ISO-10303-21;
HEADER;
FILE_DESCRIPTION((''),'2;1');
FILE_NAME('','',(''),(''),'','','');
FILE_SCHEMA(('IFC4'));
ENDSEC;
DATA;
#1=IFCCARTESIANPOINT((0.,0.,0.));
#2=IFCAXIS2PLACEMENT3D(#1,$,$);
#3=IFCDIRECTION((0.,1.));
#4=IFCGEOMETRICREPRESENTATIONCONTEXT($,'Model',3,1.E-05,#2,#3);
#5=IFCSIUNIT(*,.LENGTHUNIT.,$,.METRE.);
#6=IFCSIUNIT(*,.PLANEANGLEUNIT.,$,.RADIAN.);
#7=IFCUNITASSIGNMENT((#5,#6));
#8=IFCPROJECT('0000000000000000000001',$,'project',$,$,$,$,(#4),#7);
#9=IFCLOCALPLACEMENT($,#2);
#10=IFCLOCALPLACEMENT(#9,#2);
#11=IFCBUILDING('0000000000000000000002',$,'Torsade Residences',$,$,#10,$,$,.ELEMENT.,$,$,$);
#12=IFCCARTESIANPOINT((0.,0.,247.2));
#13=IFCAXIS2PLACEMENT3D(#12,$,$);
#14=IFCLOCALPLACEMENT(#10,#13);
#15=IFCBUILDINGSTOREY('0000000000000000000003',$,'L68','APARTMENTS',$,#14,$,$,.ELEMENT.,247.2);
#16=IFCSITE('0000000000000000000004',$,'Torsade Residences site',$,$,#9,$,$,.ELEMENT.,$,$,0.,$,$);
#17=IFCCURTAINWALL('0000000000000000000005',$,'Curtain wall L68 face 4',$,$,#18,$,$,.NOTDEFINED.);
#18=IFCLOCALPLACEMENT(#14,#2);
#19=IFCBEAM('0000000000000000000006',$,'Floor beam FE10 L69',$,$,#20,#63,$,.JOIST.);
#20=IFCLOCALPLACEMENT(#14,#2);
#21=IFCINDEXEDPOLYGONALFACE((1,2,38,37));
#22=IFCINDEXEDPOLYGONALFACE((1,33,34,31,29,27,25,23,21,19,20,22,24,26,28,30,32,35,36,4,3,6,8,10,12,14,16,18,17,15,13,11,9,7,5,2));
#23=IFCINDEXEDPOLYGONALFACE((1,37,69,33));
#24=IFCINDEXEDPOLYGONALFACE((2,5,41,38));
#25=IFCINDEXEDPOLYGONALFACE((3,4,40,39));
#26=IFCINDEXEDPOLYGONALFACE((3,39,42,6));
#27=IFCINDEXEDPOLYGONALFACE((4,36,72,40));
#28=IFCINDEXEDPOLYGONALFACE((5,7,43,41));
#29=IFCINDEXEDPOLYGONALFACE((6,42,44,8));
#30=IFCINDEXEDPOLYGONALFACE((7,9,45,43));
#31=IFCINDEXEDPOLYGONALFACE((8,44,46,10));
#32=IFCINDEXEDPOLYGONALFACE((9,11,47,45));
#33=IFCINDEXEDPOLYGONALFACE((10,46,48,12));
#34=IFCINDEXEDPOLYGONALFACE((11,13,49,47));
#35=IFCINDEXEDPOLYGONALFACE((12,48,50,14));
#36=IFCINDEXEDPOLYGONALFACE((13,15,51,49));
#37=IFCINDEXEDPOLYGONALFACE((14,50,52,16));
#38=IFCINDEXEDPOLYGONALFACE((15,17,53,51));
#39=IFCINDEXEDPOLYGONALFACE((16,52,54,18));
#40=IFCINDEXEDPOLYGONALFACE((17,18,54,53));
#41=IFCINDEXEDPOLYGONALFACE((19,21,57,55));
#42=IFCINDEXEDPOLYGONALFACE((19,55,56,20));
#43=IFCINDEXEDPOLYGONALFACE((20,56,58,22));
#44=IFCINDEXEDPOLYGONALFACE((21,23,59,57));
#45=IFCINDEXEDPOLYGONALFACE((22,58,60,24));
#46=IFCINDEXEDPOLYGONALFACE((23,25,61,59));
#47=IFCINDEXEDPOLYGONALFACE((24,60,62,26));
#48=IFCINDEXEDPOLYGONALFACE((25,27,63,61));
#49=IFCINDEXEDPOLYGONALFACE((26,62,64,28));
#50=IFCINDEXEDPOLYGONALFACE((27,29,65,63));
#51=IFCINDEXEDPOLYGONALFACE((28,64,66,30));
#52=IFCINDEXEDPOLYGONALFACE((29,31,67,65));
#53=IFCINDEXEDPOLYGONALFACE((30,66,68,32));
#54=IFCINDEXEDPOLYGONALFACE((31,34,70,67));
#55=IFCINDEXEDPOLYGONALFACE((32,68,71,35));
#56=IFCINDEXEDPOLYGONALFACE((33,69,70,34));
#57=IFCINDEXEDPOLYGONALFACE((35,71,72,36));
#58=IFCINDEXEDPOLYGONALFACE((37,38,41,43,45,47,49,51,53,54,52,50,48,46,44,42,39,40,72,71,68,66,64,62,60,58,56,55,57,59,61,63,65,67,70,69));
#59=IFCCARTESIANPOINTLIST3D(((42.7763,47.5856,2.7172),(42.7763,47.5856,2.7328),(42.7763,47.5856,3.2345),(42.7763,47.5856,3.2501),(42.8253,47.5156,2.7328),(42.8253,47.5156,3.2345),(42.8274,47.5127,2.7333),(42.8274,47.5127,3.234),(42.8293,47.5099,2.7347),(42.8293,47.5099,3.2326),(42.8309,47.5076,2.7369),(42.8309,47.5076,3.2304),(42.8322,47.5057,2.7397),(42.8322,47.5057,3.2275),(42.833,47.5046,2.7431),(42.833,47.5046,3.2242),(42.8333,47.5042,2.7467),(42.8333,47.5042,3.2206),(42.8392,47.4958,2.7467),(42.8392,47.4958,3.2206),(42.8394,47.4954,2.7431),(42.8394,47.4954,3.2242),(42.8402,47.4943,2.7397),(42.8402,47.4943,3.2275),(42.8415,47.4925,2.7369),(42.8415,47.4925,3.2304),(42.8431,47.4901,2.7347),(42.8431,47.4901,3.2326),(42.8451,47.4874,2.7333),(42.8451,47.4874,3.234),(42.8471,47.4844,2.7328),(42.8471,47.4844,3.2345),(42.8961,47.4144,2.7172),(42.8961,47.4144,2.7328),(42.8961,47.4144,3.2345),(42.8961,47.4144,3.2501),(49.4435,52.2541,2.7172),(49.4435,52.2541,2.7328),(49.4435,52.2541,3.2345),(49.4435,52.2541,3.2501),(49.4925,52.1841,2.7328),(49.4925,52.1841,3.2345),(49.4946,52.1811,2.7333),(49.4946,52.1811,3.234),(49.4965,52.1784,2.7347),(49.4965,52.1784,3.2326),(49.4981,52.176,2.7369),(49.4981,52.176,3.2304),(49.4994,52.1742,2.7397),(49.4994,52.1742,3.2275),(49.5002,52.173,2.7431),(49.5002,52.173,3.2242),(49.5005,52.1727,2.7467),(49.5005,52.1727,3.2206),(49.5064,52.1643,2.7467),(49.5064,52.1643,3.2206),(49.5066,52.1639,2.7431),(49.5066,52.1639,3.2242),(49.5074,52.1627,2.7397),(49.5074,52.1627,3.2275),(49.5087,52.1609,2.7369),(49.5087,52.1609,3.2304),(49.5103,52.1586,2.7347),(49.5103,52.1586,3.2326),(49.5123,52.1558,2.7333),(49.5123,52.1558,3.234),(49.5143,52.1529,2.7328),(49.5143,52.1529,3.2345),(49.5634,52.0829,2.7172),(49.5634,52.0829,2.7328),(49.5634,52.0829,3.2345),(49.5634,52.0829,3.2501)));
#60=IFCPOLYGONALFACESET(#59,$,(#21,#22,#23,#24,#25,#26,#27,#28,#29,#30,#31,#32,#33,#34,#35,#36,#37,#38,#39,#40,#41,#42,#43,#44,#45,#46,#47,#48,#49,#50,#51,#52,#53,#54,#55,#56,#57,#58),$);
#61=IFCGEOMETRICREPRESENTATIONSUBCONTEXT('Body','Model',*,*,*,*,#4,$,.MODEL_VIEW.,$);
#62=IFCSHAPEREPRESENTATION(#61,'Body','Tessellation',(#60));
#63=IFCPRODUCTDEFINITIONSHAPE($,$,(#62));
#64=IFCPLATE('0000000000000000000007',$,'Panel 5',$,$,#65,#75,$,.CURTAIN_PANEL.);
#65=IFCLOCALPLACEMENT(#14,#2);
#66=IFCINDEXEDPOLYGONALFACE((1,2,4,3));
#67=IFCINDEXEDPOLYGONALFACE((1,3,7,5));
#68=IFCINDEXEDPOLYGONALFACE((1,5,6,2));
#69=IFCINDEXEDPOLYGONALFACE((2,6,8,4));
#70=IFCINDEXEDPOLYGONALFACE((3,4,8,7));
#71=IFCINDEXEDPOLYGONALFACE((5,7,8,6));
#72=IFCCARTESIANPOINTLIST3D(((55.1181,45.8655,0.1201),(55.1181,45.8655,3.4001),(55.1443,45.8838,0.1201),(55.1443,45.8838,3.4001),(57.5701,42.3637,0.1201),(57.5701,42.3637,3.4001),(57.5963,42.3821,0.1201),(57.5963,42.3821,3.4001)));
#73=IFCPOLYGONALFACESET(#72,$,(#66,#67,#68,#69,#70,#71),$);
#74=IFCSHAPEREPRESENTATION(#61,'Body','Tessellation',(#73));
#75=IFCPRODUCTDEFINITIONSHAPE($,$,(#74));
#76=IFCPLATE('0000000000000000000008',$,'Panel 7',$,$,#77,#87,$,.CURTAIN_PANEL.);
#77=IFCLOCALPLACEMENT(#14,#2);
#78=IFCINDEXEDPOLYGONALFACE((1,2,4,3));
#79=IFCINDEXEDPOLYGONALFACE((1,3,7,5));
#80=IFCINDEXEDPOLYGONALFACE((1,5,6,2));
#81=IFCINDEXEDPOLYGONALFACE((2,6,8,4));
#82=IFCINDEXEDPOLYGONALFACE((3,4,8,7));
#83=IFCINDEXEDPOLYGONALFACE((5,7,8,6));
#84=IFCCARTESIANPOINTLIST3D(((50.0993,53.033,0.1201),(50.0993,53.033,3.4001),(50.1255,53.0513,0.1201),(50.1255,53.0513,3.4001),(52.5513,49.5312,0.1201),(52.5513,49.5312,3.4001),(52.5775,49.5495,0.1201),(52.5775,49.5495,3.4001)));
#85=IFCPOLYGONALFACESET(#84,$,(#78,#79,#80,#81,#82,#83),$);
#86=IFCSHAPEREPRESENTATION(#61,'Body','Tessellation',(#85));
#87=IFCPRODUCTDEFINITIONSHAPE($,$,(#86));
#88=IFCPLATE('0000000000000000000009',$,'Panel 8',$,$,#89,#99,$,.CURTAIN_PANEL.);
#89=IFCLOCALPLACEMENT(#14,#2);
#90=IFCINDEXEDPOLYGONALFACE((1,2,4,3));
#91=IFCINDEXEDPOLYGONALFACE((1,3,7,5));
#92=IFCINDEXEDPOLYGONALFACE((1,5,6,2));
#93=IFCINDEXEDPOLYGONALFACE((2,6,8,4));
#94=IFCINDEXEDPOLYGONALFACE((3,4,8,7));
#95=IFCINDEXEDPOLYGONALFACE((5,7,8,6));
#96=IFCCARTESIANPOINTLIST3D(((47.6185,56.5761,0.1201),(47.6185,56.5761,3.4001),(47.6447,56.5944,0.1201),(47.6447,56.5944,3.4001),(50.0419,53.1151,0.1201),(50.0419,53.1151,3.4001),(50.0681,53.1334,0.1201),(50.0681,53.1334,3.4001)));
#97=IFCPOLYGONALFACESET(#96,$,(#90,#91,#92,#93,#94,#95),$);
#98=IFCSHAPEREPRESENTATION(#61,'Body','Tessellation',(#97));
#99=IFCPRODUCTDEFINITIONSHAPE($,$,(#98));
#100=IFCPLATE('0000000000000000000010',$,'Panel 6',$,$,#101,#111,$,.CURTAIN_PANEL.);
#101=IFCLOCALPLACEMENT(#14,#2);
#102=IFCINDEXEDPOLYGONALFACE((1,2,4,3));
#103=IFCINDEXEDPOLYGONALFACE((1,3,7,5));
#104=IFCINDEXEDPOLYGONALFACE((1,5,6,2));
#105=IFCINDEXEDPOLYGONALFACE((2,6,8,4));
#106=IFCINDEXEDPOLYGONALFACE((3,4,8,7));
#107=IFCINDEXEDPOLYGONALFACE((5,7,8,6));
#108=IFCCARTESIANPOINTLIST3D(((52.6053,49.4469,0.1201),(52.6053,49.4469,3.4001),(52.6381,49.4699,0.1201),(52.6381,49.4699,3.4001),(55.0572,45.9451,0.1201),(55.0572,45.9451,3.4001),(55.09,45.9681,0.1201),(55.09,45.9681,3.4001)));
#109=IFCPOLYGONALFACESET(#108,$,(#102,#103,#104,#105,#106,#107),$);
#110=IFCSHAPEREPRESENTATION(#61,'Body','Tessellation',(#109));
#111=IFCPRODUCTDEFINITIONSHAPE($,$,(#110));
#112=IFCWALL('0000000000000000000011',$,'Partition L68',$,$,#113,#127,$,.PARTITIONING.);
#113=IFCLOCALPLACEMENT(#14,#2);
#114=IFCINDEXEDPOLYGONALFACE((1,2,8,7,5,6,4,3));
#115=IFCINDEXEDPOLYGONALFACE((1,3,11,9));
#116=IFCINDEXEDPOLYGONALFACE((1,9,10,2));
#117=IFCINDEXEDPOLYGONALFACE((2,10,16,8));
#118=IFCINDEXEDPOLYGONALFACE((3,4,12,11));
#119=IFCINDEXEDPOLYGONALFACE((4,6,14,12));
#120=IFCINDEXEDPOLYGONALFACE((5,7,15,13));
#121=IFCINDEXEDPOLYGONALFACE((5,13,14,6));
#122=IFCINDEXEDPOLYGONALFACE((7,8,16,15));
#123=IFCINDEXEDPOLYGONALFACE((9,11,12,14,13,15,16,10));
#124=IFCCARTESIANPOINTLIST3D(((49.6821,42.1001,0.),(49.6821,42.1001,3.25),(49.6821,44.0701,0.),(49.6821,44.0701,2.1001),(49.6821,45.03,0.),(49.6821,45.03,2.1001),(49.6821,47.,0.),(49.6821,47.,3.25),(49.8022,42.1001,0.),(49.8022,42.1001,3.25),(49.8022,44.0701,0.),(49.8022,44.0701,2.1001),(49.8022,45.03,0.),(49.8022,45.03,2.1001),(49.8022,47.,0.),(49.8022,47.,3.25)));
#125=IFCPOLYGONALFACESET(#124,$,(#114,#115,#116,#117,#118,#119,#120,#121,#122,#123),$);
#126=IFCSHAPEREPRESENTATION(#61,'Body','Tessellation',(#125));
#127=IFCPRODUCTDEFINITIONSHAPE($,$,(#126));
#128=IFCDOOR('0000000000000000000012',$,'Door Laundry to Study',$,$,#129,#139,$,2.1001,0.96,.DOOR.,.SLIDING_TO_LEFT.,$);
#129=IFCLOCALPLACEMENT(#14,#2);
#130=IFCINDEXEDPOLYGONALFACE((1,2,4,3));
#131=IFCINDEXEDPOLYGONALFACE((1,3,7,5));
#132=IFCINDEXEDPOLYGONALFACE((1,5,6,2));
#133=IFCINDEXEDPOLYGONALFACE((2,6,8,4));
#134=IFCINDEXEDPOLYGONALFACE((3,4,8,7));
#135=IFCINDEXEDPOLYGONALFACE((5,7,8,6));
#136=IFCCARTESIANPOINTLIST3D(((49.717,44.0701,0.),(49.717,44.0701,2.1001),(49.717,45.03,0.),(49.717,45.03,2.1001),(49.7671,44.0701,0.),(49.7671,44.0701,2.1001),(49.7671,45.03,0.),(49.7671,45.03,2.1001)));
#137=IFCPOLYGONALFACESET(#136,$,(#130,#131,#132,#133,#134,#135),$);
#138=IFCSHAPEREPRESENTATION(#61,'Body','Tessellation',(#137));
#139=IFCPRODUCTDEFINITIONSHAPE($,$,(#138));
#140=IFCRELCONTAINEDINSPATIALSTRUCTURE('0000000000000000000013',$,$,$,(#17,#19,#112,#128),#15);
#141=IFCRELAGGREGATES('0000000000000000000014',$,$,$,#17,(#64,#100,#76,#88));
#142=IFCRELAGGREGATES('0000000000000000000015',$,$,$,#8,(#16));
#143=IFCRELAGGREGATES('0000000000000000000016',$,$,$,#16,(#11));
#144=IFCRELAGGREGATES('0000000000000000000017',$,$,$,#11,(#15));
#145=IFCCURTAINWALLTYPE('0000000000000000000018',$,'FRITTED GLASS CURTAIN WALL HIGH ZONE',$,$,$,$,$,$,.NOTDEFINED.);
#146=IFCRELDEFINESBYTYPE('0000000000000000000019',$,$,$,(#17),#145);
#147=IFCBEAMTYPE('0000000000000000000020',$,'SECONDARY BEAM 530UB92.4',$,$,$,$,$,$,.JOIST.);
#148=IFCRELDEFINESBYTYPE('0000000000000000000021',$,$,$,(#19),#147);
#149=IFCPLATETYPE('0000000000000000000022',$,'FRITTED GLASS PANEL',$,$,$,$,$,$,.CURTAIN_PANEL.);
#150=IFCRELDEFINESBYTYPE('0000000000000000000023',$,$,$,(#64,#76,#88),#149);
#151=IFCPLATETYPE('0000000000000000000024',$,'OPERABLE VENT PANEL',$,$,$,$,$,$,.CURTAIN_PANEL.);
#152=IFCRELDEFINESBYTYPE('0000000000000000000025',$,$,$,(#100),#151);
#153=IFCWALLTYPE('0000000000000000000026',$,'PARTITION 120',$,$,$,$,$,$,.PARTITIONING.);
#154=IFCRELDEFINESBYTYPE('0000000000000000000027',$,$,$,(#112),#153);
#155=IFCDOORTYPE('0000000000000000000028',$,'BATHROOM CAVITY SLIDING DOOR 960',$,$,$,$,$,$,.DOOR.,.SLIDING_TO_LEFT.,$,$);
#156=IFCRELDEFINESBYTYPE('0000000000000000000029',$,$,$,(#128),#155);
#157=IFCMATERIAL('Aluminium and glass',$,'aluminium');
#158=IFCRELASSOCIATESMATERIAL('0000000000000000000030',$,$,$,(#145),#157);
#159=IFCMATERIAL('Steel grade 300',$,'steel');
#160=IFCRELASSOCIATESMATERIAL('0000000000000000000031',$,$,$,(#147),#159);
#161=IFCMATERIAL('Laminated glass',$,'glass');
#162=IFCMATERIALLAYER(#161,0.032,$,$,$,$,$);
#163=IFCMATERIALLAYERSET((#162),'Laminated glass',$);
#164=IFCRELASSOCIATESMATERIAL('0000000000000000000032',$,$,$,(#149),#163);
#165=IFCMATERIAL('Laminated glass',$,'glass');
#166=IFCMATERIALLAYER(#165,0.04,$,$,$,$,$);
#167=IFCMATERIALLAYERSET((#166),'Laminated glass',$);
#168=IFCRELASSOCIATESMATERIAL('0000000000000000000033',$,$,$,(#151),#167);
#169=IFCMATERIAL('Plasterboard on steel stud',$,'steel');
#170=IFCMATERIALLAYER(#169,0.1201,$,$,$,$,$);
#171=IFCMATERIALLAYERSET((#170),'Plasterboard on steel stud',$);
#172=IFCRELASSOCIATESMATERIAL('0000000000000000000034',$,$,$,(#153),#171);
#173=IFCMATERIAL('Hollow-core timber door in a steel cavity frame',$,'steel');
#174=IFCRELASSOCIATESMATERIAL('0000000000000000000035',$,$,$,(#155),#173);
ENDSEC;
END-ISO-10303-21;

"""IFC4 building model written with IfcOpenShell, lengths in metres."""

from ifc_helpers import new_model, si_unit, direction, frame, frame_2d, origin, origin_2d, place, context, subcontext, project, spatial, rectangle, i_section, extrude, material, layer, layer_set, material_profile, profile_set, type_object, element, fill, aggregate, save


model = new_model("IFC4")

# Units and contexts
model_context = context("Model", 3, precision=1e-05, world=origin(), true_north=direction((0.0, 1.0)))
body_context = subcontext(model_context, "Body", "Model", "MODEL_VIEW")
ifc_project = project(units=[si_unit("LENGTHUNIT", "METRE"), si_unit("PLANEANGLEUNIT", "RADIAN")], contexts=[model_context])

# Site, building, storey
site_placement = place(None, origin())
site = spatial("IfcSite", under=ifc_project, at=site_placement, Name="Torsade Residences site", CompositionType="ELEMENT", RefElevation=0.0)
building_placement = place(site_placement, origin())
building = spatial("IfcBuilding", under=site, at=building_placement, Name="Torsade Residences", CompositionType="ELEMENT")
storey_placement = place(building_placement, frame((0.0, 0.0, 247.2)))
storey = spatial("IfcBuildingStorey", under=building, at=storey_placement, Name="L68", Description="APARTMENTS", CompositionType="ELEMENT", Elevation=247.2)

# Curtain wall
ifc_material_1 = material(Name="Aluminium and glass", Category="aluminium")
curtain_wall_type = type_object("IfcCurtainWallType", Name="FRITTED GLASS CURTAIN WALL HIGH ZONE", PredefinedType="NOTDEFINED", material=ifc_material_1)
curtain_wall_placement = place(storey_placement, origin())
curtain_wall = element("IfcCurtainWall", 1, at=curtain_wall_placement, inside=storey, type_object=curtain_wall_type, Name="Curtain wall L68 face 4", PredefinedType="NOTDEFINED")

# Beam
ifc_material_2 = material(Name="Steel grade 300", Category="steel")
ifc_material_profile_1 = material_profile(ifc_material_2, i_section(OverallWidth=0.209, OverallDepth=0.533, WebThickness=0.0103, FlangeThickness=0.0156, FilletRadius=0.0139, at=origin_2d()), Name="530UB92.4")
ifc_profile_set_1 = profile_set([ifc_material_profile_1], Name="Steel grade 300")
beam_type_1 = type_object("IfcBeamType", Name="SECONDARY BEAM 530UB92.4", PredefinedType="JOIST", material=ifc_profile_set_1)
beam_1_placement = place(storey_placement, frame((49.5034, 52.1685, 2.9836), z_axis=(-0.819152, -0.573577, 0.0), x_axis=(0.573577, -0.819152, 0.0)))
element("IfcBeam", 2, at=beam_1_placement, inside=storey, type_object=beam_type_1, Name="Floor beam FE10 L69", PredefinedType="JOIST", context=body_context, shape_type="SweptSolid", body=[
    extrude(i_section(OverallWidth=0.209, OverallDepth=0.533, WebThickness=0.0103, FlangeThickness=0.0156, FilletRadius=0.0139, at=origin_2d()), origin(), (0.0, 0.0, 1.0), 8.1392),
])

# Plates
ifc_material_3 = material(Name="Laminated glass", Category="glass")
ifc_layer_1 = layer(ifc_material_3, 0.032)
ifc_layer_set_1 = layer_set([ifc_layer_1], Name="Laminated glass")
plate_type_1 = type_object("IfcPlateType", Name="FRITTED GLASS PANEL", PredefinedType="CURTAIN_PANEL", material=ifc_layer_set_1)
plate_1_placement = place(storey_placement, frame((56.3572, 44.1238, 0.1201), z_axis=(0.0, 0.0, 1.0), x_axis=(-0.573576, 0.819152, 0.0)))
plate_1 = element("IfcPlate", 3, at=plate_1_placement, type_object=plate_type_1, Name="Panel 5", PredefinedType="CURTAIN_PANEL", context=body_context, shape_type="SweptSolid", body=[
    extrude(rectangle(XDim=4.2749, YDim=0.032, at=origin_2d()), origin(), (0.0, 0.0, 1.0), 3.28),
])
plate_2_placement = place(storey_placement, frame((51.3384, 51.2913, 0.1201), z_axis=(0.0, 0.0, 1.0), x_axis=(-0.573576, 0.819152, 0.0)))
plate_2 = element("IfcPlate", 4, at=plate_2_placement, type_object=plate_type_1, Name="Panel 7", PredefinedType="CURTAIN_PANEL", context=body_context, shape_type="SweptSolid", body=[
    extrude(rectangle(XDim=4.2749, YDim=0.032, at=origin_2d()), origin(), (0.0, 0.0, 1.0), 3.28),
])
plate_3_placement = place(storey_placement, frame((48.8433, 54.8547, 0.1201), z_axis=(0.0, 0.0, 1.0), x_axis=(-0.573576, 0.819152, 0.0)))
plate_3 = element("IfcPlate", 5, at=plate_3_placement, type_object=plate_type_1, Name="Panel 8", PredefinedType="CURTAIN_PANEL", context=body_context, shape_type="SweptSolid", body=[
    extrude(rectangle(XDim=4.2251, YDim=0.032, at=origin_2d()), origin(), (0.0, 0.0, 1.0), 3.28),
])
ifc_material_4 = material(Name="Laminated glass", Category="glass")
ifc_layer_2 = layer(ifc_material_4, 0.04)
ifc_layer_set_2 = layer_set([ifc_layer_2], Name="Laminated glass")
plate_type_2 = type_object("IfcPlateType", Name="OPERABLE VENT PANEL", PredefinedType="CURTAIN_PANEL", material=ifc_layer_set_2)
plate_4_placement = place(storey_placement, frame((53.8477, 47.7075, 0.1201), z_axis=(0.0, 0.0, 1.0), x_axis=(-0.573576, 0.819152, 0.0)))
plate_4 = element("IfcPlate", 6, at=plate_4_placement, type_object=plate_type_2, Name="Panel 6", PredefinedType="CURTAIN_PANEL", context=body_context, shape_type="SweptSolid", body=[
    extrude(rectangle(XDim=4.2749, YDim=0.04, at=origin_2d()), origin(), (0.0, 0.0, 1.0), 3.28),
])
aggregate(curtain_wall, [plate_1, plate_4, plate_2, plate_3])

# Wall, opening, door
ifc_material_5 = material(Name="Plasterboard on steel stud", Category="steel")
ifc_layer_3 = layer(ifc_material_5, 0.1201)
ifc_layer_set_3 = layer_set([ifc_layer_3], Name="Plasterboard on steel stud")
wall_type_1 = type_object("IfcWallType", Name="PARTITION 120", PredefinedType="PARTITIONING", material=ifc_layer_set_3)
wall_1_placement = place(storey_placement, frame((49.7422, 47.0, 0.0), z_axis=(0.0, 0.0, 1.0), x_axis=(0.0, -1.0, 0.0)))
wall_1 = element("IfcWall", 7, at=wall_1_placement, inside=storey, type_object=wall_type_1, Name="Partition L68", PredefinedType="PARTITIONING", context=body_context, shape_type="SweptSolid", body=[
    extrude(rectangle(XDim=4.8999, YDim=0.1201, at=frame_2d((2.45, 0.0))), origin(), (0.0, 0.0, 1.0), 3.25),
])
opening_1_placement = place(wall_1_placement, frame((1.97, 0.0, 0.0)))
opening_1 = element("IfcOpeningElement", 8, at=opening_1_placement, cuts=wall_1, PredefinedType="OPENING", context=body_context, shape_type="SweptSolid", body=[
    extrude(rectangle(XDim=0.96, YDim=2.1001, at=frame_2d((0.48, 1.05))), frame((0.0, 0.0701, 0.0), z_axis=(0.0, -1.0, 0.0), x_axis=(1.0, 0.0, 0.0)), (0.0, 0.0, 1.0), 0.1401),
])
ifc_material_6 = material(Name="Hollow-core timber door in a steel cavity frame", Category="steel")
door_type_1 = type_object("IfcDoorType", Name="BATHROOM CAVITY SLIDING DOOR 960", OperationType="SLIDING_TO_LEFT", PredefinedType="DOOR", material=ifc_material_6)
door_1_placement = place(opening_1_placement, origin())
door_1 = element("IfcDoor", 9, at=door_1_placement, inside=storey, type_object=door_type_1, Name="Door Laundry to Study", OperationType="SLIDING_TO_LEFT", OverallHeight=2.1001, OverallWidth=0.96, PredefinedType="DOOR", context=body_context, shape_type="SweptSolid", body=[
    extrude(rectangle(XDim=0.96, YDim=2.1001, at=frame_2d((0.48, 1.05))), frame((0.0, 0.0249, 0.0), z_axis=(0.0, -1.0, 0.0), x_axis=(1.0, 0.0, 0.0)), (0.0, 0.0, 1.0), 0.05),
])
fill(opening_1, door_1)

save(model, "model.ifc")
